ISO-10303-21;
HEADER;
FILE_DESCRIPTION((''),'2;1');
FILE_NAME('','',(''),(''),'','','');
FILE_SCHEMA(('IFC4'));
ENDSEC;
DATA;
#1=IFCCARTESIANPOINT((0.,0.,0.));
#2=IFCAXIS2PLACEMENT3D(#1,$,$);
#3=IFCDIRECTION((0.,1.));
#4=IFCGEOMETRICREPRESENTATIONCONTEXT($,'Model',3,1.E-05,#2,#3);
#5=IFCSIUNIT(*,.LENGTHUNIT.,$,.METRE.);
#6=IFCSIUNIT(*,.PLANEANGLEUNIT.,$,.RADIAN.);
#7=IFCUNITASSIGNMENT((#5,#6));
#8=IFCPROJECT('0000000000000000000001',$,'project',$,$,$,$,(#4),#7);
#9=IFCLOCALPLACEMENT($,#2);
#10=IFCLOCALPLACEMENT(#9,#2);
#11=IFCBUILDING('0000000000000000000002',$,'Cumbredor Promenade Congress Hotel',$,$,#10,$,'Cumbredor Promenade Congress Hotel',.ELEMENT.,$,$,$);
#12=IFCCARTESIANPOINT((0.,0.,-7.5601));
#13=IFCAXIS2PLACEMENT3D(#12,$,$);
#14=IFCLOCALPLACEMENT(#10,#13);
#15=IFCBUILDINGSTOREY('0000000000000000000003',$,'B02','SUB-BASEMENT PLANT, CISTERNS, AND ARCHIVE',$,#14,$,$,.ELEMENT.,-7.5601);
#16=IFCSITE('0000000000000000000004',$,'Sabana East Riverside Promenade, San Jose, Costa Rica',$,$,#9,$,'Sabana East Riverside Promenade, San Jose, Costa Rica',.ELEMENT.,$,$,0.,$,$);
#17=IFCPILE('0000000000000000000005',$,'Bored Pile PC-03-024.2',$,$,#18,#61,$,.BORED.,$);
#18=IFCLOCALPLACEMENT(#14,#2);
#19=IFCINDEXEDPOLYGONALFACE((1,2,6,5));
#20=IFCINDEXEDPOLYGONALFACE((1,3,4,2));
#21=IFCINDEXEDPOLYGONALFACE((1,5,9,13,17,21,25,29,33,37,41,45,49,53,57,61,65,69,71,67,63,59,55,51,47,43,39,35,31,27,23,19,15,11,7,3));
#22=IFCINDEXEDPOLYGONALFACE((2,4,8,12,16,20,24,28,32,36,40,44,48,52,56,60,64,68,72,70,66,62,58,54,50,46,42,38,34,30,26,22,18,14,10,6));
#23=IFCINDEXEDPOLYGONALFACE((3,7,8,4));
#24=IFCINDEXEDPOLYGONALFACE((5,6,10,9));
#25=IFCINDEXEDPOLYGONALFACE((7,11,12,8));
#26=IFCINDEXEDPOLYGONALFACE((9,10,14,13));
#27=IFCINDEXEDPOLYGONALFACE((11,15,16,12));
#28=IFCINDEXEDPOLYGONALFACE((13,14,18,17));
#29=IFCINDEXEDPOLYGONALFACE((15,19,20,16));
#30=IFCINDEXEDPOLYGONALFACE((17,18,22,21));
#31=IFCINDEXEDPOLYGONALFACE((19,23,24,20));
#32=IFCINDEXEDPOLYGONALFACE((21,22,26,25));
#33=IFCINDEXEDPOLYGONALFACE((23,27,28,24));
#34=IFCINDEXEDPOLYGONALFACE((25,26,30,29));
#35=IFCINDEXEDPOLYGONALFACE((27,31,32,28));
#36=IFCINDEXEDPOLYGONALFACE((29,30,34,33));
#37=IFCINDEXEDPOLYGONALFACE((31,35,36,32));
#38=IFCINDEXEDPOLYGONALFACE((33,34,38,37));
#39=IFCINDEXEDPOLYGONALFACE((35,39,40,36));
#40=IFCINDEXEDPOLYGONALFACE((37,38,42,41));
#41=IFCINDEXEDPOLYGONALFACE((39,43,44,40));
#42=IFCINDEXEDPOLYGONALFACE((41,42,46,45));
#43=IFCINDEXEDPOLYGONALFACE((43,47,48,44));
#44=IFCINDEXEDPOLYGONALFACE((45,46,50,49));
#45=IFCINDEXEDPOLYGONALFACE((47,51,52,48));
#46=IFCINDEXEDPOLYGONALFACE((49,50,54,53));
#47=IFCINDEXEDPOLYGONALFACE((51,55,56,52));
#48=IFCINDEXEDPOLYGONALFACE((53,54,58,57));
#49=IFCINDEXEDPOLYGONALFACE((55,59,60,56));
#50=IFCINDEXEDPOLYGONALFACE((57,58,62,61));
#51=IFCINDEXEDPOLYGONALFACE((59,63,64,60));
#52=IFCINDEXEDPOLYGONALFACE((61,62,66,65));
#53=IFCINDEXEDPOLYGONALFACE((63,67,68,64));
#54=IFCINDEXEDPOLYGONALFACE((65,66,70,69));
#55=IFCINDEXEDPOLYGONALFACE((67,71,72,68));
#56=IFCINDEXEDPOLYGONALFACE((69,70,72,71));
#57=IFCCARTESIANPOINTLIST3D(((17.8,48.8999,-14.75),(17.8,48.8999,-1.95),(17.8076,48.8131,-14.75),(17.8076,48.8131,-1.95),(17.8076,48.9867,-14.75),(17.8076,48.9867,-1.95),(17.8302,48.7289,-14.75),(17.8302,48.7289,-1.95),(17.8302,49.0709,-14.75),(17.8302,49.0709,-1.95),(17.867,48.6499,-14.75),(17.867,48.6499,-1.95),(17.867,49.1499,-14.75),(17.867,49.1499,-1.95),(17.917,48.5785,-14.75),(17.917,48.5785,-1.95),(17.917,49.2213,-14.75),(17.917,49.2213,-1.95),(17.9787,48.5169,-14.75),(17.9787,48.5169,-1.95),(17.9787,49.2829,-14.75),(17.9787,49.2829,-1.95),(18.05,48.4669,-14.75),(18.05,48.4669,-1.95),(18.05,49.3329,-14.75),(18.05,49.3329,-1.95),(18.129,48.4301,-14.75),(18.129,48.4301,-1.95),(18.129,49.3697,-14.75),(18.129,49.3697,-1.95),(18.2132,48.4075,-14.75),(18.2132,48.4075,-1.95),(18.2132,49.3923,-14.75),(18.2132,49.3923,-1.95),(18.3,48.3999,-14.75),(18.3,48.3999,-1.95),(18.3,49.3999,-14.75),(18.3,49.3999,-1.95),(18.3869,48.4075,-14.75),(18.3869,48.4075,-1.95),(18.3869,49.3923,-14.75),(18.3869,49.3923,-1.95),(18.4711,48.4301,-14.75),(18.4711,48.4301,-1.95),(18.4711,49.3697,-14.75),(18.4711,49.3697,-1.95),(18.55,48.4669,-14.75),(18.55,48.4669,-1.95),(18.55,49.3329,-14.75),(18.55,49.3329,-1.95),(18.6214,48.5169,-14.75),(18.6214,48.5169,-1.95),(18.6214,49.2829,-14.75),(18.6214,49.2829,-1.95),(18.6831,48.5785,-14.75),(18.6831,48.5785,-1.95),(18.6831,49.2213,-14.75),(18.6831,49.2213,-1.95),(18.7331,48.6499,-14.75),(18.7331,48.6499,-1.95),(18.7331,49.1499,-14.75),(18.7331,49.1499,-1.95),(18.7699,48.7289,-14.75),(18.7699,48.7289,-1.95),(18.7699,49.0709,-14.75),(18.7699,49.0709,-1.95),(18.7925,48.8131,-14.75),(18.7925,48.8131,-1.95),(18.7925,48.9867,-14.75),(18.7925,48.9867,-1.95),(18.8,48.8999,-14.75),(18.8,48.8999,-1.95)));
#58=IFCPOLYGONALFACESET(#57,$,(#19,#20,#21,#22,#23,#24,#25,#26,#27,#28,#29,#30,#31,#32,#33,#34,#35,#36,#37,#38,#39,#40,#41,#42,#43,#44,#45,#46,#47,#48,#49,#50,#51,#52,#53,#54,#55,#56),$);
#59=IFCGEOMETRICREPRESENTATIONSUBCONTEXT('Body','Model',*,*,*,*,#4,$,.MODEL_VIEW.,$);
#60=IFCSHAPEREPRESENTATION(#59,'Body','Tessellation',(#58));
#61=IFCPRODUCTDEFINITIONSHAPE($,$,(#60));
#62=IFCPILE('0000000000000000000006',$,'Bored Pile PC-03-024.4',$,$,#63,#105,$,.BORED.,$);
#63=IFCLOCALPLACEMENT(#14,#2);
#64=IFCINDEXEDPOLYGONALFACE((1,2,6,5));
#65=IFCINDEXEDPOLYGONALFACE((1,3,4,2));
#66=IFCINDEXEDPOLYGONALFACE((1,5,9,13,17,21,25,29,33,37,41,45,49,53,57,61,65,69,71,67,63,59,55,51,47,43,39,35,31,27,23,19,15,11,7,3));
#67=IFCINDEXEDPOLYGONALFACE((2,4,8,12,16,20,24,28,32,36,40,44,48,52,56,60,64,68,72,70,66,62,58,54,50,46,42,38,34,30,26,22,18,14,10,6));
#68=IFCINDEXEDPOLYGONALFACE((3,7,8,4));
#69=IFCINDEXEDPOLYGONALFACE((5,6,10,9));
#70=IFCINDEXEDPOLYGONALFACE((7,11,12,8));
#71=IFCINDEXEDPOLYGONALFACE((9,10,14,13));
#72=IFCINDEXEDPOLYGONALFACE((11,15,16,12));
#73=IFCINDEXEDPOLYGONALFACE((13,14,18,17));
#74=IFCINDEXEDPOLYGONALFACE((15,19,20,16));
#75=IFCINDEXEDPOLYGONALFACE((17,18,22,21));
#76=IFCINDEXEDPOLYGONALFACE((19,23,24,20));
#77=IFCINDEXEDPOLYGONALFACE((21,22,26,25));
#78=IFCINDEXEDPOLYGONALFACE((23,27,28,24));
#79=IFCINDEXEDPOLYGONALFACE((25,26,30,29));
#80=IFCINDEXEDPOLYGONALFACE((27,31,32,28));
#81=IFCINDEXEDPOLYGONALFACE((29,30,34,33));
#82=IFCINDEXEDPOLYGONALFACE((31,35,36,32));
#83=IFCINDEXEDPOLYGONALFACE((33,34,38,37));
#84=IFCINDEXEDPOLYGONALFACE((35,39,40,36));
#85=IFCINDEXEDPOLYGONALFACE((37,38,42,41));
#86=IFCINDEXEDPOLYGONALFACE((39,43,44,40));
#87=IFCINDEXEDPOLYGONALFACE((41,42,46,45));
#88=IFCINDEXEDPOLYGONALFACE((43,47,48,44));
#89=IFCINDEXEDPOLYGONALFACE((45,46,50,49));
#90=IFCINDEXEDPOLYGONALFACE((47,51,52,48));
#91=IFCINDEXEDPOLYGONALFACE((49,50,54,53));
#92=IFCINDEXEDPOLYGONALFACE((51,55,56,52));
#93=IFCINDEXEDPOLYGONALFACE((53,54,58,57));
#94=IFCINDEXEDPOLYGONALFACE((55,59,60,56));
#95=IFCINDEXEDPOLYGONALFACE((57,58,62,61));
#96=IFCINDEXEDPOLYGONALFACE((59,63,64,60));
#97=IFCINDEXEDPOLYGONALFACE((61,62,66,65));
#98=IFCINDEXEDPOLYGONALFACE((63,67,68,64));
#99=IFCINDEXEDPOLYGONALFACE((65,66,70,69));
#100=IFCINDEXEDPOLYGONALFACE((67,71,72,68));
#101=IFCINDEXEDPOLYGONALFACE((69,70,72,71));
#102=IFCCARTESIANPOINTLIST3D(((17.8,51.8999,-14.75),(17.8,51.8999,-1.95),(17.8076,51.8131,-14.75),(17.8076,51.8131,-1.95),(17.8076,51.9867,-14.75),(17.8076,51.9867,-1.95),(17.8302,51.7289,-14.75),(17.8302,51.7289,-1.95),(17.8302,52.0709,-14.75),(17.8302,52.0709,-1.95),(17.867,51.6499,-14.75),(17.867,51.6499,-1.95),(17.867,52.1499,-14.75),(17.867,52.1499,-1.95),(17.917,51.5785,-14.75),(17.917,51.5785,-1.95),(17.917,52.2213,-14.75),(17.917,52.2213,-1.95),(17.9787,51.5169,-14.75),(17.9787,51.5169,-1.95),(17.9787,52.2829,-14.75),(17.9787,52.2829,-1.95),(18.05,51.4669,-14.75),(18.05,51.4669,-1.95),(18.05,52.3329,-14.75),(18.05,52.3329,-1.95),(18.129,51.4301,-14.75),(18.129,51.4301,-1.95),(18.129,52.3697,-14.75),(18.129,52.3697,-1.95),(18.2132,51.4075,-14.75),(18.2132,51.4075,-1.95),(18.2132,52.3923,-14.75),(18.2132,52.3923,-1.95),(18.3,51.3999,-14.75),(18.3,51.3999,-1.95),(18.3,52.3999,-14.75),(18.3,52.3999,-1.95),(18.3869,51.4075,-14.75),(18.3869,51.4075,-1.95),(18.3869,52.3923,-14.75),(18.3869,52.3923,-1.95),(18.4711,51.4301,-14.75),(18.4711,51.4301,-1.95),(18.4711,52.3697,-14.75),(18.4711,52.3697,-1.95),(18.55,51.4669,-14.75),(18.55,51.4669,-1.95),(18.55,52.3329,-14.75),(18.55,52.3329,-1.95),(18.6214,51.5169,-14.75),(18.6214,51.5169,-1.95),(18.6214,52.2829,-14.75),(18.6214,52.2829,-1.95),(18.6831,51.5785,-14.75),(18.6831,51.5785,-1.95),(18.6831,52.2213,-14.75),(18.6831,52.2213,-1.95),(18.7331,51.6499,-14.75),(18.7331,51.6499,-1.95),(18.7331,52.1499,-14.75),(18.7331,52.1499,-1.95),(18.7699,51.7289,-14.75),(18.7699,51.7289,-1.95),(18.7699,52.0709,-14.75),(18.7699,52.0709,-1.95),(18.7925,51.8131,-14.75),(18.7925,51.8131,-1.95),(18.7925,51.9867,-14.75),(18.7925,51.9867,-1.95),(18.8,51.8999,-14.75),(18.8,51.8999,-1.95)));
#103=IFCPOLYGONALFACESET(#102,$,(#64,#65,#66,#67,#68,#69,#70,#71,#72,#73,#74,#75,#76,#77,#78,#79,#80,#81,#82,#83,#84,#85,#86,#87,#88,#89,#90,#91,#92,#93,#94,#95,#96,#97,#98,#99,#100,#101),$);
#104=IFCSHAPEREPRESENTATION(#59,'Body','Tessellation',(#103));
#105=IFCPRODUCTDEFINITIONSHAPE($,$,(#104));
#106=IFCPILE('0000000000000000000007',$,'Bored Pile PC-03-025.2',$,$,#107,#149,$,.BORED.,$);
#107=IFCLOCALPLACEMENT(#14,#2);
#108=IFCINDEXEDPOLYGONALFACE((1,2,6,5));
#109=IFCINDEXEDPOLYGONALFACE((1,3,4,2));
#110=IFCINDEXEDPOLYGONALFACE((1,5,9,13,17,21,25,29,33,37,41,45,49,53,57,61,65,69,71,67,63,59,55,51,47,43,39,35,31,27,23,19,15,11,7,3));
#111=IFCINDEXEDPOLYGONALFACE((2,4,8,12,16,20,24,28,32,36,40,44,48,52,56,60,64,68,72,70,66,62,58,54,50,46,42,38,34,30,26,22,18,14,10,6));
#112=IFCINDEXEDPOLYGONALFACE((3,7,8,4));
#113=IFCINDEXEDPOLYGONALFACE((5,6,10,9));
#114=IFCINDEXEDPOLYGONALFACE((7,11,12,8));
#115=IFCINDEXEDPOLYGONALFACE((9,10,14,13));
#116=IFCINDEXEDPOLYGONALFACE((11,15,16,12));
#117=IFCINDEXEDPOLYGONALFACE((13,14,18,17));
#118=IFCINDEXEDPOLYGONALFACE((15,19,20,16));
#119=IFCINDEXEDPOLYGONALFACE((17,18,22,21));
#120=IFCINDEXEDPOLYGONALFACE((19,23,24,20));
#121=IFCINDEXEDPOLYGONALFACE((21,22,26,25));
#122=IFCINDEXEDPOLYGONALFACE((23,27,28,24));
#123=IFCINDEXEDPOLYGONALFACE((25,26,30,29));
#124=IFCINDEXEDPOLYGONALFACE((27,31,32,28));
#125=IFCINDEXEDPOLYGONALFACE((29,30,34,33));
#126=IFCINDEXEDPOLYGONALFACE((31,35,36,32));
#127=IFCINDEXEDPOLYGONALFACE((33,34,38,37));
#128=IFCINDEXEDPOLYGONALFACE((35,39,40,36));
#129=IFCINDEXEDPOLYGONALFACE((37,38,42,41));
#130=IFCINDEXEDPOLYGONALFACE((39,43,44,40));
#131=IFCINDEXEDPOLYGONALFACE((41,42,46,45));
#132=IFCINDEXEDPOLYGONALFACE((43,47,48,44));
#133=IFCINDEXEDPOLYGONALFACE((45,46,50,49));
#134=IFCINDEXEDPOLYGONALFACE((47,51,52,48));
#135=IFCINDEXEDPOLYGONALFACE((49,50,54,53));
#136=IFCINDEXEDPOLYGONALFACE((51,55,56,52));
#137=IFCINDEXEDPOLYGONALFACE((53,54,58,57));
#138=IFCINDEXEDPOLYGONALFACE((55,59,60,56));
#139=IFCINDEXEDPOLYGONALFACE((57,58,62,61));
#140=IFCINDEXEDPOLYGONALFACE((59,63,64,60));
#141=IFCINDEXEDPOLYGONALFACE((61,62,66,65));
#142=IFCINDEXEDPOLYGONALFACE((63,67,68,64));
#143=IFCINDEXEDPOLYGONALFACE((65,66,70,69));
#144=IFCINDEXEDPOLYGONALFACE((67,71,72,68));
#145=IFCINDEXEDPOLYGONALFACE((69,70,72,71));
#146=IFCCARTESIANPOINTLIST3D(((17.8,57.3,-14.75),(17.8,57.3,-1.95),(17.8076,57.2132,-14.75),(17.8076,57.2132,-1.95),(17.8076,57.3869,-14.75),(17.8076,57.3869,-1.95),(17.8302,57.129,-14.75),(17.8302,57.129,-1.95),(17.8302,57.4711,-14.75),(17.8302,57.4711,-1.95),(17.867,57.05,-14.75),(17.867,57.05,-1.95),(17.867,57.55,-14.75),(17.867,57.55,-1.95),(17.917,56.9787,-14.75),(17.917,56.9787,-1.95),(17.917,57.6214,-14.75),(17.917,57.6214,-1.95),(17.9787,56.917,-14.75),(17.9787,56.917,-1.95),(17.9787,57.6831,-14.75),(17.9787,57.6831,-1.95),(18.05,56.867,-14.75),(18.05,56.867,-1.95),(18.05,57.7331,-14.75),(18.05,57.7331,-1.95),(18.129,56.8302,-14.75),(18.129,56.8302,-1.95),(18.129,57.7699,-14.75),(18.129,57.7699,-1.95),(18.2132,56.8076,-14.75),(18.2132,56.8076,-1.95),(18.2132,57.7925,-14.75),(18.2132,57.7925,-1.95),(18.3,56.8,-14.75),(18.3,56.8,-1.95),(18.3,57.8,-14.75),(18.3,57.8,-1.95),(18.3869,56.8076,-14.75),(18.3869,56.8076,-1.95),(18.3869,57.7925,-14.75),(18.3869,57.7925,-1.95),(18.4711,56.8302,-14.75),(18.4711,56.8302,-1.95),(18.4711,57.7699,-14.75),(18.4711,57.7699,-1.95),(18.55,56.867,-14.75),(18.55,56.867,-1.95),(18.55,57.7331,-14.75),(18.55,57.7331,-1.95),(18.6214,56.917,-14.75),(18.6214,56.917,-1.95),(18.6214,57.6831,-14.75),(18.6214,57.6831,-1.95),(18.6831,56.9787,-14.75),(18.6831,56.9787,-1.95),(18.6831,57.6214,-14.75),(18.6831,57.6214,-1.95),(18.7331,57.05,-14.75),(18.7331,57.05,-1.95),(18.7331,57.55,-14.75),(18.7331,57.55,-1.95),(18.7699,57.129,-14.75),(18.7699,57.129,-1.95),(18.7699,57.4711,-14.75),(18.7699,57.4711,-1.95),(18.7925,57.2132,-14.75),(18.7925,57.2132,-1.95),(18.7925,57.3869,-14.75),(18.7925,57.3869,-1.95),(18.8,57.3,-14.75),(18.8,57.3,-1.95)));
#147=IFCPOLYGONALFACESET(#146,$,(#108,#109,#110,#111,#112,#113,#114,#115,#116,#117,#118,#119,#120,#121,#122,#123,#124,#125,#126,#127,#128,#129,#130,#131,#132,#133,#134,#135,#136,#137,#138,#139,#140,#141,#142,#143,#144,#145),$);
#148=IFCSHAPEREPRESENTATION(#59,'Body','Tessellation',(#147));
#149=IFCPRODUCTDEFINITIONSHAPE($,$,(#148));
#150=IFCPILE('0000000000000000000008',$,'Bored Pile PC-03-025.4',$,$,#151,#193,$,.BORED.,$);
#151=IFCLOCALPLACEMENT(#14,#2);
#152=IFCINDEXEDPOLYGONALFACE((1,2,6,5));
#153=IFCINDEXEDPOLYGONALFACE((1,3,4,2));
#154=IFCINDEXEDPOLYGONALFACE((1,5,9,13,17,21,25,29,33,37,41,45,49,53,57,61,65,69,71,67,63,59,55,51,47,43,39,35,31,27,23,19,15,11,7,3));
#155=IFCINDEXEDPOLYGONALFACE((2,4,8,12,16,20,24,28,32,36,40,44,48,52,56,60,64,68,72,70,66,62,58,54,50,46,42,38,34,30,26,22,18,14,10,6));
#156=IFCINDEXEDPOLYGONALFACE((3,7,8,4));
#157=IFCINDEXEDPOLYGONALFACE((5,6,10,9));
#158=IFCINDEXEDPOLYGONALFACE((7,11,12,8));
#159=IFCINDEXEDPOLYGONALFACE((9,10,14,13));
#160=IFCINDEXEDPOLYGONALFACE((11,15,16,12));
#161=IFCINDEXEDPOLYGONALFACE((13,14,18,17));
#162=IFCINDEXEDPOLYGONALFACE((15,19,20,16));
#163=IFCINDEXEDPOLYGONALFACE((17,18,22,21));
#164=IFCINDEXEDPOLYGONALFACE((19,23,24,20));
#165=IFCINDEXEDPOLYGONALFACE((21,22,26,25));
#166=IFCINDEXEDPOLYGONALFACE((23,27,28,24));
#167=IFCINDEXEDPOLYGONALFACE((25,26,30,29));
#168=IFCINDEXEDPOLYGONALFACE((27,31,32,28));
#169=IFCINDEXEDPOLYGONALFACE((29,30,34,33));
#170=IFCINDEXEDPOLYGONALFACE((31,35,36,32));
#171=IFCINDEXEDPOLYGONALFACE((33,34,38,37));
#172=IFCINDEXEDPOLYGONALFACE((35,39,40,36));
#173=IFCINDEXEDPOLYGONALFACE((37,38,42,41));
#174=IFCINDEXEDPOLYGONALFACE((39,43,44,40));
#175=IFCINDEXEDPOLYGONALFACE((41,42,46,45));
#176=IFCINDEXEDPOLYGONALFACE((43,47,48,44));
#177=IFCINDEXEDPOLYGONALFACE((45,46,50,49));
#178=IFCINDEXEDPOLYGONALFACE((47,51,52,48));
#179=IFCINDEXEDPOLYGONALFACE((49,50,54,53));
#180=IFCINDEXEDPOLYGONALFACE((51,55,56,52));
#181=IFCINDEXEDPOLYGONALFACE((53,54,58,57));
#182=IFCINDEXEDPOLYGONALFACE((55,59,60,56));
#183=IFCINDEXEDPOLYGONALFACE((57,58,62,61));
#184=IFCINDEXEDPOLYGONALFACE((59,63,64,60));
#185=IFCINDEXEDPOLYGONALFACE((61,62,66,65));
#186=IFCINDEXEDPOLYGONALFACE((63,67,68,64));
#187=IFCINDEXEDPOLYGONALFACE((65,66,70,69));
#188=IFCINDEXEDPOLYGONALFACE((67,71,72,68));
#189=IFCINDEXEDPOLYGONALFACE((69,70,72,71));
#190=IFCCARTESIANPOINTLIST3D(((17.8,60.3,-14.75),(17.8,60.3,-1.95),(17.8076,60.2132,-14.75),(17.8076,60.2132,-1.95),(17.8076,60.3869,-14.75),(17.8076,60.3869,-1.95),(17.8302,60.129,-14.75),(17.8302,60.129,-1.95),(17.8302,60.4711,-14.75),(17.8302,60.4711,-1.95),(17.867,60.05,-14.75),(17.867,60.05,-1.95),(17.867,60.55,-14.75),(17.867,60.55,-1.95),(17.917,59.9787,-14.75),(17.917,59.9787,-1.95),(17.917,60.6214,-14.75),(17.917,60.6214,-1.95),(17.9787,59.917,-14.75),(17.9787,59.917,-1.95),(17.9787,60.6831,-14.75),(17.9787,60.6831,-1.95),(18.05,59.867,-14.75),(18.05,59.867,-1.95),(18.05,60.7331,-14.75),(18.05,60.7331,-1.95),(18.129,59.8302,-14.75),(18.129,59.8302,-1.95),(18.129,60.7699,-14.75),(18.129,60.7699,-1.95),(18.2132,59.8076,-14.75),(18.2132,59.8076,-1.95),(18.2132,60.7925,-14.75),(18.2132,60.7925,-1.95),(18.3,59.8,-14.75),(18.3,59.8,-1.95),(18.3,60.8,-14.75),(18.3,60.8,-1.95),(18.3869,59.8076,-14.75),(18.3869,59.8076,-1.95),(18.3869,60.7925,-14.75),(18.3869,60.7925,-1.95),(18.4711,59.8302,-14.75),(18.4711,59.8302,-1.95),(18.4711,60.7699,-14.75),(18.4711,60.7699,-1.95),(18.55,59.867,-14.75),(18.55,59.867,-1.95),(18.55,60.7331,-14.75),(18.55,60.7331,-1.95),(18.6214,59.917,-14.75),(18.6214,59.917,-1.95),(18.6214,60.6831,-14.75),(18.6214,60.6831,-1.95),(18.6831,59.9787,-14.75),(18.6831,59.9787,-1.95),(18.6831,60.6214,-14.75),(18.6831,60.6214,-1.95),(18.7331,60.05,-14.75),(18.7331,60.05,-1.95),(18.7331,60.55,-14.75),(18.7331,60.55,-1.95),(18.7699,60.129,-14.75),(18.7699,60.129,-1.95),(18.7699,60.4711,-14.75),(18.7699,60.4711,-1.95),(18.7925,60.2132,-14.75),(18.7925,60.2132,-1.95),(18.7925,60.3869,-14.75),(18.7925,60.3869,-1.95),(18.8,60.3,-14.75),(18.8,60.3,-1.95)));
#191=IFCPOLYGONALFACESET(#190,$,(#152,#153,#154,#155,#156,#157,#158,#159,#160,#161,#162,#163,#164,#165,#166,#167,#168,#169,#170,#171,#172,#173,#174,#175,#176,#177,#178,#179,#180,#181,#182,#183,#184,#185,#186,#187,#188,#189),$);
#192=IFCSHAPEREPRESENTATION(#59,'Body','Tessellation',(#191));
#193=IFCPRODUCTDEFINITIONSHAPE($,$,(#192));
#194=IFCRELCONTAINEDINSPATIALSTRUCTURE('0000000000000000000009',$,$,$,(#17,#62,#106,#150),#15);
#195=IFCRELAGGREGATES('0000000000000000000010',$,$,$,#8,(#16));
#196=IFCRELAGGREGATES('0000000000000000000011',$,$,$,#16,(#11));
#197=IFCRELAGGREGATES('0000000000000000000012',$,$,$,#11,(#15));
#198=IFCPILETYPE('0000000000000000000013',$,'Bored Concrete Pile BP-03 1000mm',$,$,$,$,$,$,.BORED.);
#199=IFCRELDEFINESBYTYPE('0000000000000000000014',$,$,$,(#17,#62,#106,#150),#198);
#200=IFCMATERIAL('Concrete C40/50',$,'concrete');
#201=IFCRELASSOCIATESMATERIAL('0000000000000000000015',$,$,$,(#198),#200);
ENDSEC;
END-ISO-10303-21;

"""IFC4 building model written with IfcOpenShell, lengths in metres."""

from ifc_helpers import new_model, si_unit, direction, frame, origin, origin_2d, place, context, subcontext, project, spatial, circle, extrude, material, material_profile, profile_set, type_object, element, save


model = new_model("IFC4")

# Units and contexts
model_context = context("Model", 3, precision=1e-05, world=origin(), true_north=direction((0.0, 1.0)))
body_context = subcontext(model_context, "Body", "Model", "MODEL_VIEW")
ifc_project = project(units=[si_unit("LENGTHUNIT", "METRE"), si_unit("PLANEANGLEUNIT", "RADIAN")], contexts=[model_context])

# Site, building, storey
site_placement = place(None, origin())
site = spatial("IfcSite", under=ifc_project, at=site_placement, Name="Sabana East Riverside Promenade, San Jose, Costa Rica", LongName="Sabana East Riverside Promenade, San Jose, Costa Rica", CompositionType="ELEMENT", RefElevation=0.0)
building_placement = place(site_placement, origin())
building = spatial("IfcBuilding", under=site, at=building_placement, Name="Cumbredor Promenade Congress Hotel", LongName="Cumbredor Promenade Congress Hotel", CompositionType="ELEMENT")
storey_placement = place(building_placement, frame((0.0, 0.0, -7.5601)))
storey = spatial("IfcBuildingStorey", under=building, at=storey_placement, Name="B02", Description="SUB-BASEMENT PLANT, CISTERNS, AND ARCHIVE", CompositionType="ELEMENT", Elevation=-7.5601)

# Piles
ifc_material_1 = material(Name="Concrete C40/50", Category="concrete")
ifc_material_profile_1 = material_profile(ifc_material_1, circle(Radius=0.5, at=origin_2d()), Name="PILE D1000")
ifc_profile_set_1 = profile_set([ifc_material_profile_1], Name="Concrete C40/50")
pile_type = type_object("IfcPileType", Name="Bored Concrete Pile BP-03 1000mm", PredefinedType="BORED", material=ifc_profile_set_1)
for number, where, z_axis, x_axis, name in (
    (1, (18.3, 48.8999, -1.95), (0.0, 0.0, -1.0), (1.0, 0.0, 0.0), "Bored Pile PC-03-024.2"),
    (2, (18.3, 51.8999, -1.95), (0.0, 0.0, -1.0), (1.0, 0.0, 0.0), "Bored Pile PC-03-024.4"),
    (3, (18.3, 57.3, -1.95), (0.0, 0.0, -1.0), (1.0, 0.0, 0.0), "Bored Pile PC-03-025.2"),
    (4, (18.3, 60.3, -1.95), (0.0, 0.0, -1.0), (1.0, 0.0, 0.0), "Bored Pile PC-03-025.4"),
):
    element("IfcPile", number, at=place(storey_placement, frame(where, z_axis=z_axis, x_axis=x_axis)), inside=storey, type_object=pile_type, Name=name, PredefinedType="BORED", context=body_context, shape_type="SweptSolid", body=[
        extrude(circle(Radius=0.5, at=origin_2d()), origin(), (0.0, 0.0, 1.0), 12.8),
    ])

save(model, "model.ifc")
